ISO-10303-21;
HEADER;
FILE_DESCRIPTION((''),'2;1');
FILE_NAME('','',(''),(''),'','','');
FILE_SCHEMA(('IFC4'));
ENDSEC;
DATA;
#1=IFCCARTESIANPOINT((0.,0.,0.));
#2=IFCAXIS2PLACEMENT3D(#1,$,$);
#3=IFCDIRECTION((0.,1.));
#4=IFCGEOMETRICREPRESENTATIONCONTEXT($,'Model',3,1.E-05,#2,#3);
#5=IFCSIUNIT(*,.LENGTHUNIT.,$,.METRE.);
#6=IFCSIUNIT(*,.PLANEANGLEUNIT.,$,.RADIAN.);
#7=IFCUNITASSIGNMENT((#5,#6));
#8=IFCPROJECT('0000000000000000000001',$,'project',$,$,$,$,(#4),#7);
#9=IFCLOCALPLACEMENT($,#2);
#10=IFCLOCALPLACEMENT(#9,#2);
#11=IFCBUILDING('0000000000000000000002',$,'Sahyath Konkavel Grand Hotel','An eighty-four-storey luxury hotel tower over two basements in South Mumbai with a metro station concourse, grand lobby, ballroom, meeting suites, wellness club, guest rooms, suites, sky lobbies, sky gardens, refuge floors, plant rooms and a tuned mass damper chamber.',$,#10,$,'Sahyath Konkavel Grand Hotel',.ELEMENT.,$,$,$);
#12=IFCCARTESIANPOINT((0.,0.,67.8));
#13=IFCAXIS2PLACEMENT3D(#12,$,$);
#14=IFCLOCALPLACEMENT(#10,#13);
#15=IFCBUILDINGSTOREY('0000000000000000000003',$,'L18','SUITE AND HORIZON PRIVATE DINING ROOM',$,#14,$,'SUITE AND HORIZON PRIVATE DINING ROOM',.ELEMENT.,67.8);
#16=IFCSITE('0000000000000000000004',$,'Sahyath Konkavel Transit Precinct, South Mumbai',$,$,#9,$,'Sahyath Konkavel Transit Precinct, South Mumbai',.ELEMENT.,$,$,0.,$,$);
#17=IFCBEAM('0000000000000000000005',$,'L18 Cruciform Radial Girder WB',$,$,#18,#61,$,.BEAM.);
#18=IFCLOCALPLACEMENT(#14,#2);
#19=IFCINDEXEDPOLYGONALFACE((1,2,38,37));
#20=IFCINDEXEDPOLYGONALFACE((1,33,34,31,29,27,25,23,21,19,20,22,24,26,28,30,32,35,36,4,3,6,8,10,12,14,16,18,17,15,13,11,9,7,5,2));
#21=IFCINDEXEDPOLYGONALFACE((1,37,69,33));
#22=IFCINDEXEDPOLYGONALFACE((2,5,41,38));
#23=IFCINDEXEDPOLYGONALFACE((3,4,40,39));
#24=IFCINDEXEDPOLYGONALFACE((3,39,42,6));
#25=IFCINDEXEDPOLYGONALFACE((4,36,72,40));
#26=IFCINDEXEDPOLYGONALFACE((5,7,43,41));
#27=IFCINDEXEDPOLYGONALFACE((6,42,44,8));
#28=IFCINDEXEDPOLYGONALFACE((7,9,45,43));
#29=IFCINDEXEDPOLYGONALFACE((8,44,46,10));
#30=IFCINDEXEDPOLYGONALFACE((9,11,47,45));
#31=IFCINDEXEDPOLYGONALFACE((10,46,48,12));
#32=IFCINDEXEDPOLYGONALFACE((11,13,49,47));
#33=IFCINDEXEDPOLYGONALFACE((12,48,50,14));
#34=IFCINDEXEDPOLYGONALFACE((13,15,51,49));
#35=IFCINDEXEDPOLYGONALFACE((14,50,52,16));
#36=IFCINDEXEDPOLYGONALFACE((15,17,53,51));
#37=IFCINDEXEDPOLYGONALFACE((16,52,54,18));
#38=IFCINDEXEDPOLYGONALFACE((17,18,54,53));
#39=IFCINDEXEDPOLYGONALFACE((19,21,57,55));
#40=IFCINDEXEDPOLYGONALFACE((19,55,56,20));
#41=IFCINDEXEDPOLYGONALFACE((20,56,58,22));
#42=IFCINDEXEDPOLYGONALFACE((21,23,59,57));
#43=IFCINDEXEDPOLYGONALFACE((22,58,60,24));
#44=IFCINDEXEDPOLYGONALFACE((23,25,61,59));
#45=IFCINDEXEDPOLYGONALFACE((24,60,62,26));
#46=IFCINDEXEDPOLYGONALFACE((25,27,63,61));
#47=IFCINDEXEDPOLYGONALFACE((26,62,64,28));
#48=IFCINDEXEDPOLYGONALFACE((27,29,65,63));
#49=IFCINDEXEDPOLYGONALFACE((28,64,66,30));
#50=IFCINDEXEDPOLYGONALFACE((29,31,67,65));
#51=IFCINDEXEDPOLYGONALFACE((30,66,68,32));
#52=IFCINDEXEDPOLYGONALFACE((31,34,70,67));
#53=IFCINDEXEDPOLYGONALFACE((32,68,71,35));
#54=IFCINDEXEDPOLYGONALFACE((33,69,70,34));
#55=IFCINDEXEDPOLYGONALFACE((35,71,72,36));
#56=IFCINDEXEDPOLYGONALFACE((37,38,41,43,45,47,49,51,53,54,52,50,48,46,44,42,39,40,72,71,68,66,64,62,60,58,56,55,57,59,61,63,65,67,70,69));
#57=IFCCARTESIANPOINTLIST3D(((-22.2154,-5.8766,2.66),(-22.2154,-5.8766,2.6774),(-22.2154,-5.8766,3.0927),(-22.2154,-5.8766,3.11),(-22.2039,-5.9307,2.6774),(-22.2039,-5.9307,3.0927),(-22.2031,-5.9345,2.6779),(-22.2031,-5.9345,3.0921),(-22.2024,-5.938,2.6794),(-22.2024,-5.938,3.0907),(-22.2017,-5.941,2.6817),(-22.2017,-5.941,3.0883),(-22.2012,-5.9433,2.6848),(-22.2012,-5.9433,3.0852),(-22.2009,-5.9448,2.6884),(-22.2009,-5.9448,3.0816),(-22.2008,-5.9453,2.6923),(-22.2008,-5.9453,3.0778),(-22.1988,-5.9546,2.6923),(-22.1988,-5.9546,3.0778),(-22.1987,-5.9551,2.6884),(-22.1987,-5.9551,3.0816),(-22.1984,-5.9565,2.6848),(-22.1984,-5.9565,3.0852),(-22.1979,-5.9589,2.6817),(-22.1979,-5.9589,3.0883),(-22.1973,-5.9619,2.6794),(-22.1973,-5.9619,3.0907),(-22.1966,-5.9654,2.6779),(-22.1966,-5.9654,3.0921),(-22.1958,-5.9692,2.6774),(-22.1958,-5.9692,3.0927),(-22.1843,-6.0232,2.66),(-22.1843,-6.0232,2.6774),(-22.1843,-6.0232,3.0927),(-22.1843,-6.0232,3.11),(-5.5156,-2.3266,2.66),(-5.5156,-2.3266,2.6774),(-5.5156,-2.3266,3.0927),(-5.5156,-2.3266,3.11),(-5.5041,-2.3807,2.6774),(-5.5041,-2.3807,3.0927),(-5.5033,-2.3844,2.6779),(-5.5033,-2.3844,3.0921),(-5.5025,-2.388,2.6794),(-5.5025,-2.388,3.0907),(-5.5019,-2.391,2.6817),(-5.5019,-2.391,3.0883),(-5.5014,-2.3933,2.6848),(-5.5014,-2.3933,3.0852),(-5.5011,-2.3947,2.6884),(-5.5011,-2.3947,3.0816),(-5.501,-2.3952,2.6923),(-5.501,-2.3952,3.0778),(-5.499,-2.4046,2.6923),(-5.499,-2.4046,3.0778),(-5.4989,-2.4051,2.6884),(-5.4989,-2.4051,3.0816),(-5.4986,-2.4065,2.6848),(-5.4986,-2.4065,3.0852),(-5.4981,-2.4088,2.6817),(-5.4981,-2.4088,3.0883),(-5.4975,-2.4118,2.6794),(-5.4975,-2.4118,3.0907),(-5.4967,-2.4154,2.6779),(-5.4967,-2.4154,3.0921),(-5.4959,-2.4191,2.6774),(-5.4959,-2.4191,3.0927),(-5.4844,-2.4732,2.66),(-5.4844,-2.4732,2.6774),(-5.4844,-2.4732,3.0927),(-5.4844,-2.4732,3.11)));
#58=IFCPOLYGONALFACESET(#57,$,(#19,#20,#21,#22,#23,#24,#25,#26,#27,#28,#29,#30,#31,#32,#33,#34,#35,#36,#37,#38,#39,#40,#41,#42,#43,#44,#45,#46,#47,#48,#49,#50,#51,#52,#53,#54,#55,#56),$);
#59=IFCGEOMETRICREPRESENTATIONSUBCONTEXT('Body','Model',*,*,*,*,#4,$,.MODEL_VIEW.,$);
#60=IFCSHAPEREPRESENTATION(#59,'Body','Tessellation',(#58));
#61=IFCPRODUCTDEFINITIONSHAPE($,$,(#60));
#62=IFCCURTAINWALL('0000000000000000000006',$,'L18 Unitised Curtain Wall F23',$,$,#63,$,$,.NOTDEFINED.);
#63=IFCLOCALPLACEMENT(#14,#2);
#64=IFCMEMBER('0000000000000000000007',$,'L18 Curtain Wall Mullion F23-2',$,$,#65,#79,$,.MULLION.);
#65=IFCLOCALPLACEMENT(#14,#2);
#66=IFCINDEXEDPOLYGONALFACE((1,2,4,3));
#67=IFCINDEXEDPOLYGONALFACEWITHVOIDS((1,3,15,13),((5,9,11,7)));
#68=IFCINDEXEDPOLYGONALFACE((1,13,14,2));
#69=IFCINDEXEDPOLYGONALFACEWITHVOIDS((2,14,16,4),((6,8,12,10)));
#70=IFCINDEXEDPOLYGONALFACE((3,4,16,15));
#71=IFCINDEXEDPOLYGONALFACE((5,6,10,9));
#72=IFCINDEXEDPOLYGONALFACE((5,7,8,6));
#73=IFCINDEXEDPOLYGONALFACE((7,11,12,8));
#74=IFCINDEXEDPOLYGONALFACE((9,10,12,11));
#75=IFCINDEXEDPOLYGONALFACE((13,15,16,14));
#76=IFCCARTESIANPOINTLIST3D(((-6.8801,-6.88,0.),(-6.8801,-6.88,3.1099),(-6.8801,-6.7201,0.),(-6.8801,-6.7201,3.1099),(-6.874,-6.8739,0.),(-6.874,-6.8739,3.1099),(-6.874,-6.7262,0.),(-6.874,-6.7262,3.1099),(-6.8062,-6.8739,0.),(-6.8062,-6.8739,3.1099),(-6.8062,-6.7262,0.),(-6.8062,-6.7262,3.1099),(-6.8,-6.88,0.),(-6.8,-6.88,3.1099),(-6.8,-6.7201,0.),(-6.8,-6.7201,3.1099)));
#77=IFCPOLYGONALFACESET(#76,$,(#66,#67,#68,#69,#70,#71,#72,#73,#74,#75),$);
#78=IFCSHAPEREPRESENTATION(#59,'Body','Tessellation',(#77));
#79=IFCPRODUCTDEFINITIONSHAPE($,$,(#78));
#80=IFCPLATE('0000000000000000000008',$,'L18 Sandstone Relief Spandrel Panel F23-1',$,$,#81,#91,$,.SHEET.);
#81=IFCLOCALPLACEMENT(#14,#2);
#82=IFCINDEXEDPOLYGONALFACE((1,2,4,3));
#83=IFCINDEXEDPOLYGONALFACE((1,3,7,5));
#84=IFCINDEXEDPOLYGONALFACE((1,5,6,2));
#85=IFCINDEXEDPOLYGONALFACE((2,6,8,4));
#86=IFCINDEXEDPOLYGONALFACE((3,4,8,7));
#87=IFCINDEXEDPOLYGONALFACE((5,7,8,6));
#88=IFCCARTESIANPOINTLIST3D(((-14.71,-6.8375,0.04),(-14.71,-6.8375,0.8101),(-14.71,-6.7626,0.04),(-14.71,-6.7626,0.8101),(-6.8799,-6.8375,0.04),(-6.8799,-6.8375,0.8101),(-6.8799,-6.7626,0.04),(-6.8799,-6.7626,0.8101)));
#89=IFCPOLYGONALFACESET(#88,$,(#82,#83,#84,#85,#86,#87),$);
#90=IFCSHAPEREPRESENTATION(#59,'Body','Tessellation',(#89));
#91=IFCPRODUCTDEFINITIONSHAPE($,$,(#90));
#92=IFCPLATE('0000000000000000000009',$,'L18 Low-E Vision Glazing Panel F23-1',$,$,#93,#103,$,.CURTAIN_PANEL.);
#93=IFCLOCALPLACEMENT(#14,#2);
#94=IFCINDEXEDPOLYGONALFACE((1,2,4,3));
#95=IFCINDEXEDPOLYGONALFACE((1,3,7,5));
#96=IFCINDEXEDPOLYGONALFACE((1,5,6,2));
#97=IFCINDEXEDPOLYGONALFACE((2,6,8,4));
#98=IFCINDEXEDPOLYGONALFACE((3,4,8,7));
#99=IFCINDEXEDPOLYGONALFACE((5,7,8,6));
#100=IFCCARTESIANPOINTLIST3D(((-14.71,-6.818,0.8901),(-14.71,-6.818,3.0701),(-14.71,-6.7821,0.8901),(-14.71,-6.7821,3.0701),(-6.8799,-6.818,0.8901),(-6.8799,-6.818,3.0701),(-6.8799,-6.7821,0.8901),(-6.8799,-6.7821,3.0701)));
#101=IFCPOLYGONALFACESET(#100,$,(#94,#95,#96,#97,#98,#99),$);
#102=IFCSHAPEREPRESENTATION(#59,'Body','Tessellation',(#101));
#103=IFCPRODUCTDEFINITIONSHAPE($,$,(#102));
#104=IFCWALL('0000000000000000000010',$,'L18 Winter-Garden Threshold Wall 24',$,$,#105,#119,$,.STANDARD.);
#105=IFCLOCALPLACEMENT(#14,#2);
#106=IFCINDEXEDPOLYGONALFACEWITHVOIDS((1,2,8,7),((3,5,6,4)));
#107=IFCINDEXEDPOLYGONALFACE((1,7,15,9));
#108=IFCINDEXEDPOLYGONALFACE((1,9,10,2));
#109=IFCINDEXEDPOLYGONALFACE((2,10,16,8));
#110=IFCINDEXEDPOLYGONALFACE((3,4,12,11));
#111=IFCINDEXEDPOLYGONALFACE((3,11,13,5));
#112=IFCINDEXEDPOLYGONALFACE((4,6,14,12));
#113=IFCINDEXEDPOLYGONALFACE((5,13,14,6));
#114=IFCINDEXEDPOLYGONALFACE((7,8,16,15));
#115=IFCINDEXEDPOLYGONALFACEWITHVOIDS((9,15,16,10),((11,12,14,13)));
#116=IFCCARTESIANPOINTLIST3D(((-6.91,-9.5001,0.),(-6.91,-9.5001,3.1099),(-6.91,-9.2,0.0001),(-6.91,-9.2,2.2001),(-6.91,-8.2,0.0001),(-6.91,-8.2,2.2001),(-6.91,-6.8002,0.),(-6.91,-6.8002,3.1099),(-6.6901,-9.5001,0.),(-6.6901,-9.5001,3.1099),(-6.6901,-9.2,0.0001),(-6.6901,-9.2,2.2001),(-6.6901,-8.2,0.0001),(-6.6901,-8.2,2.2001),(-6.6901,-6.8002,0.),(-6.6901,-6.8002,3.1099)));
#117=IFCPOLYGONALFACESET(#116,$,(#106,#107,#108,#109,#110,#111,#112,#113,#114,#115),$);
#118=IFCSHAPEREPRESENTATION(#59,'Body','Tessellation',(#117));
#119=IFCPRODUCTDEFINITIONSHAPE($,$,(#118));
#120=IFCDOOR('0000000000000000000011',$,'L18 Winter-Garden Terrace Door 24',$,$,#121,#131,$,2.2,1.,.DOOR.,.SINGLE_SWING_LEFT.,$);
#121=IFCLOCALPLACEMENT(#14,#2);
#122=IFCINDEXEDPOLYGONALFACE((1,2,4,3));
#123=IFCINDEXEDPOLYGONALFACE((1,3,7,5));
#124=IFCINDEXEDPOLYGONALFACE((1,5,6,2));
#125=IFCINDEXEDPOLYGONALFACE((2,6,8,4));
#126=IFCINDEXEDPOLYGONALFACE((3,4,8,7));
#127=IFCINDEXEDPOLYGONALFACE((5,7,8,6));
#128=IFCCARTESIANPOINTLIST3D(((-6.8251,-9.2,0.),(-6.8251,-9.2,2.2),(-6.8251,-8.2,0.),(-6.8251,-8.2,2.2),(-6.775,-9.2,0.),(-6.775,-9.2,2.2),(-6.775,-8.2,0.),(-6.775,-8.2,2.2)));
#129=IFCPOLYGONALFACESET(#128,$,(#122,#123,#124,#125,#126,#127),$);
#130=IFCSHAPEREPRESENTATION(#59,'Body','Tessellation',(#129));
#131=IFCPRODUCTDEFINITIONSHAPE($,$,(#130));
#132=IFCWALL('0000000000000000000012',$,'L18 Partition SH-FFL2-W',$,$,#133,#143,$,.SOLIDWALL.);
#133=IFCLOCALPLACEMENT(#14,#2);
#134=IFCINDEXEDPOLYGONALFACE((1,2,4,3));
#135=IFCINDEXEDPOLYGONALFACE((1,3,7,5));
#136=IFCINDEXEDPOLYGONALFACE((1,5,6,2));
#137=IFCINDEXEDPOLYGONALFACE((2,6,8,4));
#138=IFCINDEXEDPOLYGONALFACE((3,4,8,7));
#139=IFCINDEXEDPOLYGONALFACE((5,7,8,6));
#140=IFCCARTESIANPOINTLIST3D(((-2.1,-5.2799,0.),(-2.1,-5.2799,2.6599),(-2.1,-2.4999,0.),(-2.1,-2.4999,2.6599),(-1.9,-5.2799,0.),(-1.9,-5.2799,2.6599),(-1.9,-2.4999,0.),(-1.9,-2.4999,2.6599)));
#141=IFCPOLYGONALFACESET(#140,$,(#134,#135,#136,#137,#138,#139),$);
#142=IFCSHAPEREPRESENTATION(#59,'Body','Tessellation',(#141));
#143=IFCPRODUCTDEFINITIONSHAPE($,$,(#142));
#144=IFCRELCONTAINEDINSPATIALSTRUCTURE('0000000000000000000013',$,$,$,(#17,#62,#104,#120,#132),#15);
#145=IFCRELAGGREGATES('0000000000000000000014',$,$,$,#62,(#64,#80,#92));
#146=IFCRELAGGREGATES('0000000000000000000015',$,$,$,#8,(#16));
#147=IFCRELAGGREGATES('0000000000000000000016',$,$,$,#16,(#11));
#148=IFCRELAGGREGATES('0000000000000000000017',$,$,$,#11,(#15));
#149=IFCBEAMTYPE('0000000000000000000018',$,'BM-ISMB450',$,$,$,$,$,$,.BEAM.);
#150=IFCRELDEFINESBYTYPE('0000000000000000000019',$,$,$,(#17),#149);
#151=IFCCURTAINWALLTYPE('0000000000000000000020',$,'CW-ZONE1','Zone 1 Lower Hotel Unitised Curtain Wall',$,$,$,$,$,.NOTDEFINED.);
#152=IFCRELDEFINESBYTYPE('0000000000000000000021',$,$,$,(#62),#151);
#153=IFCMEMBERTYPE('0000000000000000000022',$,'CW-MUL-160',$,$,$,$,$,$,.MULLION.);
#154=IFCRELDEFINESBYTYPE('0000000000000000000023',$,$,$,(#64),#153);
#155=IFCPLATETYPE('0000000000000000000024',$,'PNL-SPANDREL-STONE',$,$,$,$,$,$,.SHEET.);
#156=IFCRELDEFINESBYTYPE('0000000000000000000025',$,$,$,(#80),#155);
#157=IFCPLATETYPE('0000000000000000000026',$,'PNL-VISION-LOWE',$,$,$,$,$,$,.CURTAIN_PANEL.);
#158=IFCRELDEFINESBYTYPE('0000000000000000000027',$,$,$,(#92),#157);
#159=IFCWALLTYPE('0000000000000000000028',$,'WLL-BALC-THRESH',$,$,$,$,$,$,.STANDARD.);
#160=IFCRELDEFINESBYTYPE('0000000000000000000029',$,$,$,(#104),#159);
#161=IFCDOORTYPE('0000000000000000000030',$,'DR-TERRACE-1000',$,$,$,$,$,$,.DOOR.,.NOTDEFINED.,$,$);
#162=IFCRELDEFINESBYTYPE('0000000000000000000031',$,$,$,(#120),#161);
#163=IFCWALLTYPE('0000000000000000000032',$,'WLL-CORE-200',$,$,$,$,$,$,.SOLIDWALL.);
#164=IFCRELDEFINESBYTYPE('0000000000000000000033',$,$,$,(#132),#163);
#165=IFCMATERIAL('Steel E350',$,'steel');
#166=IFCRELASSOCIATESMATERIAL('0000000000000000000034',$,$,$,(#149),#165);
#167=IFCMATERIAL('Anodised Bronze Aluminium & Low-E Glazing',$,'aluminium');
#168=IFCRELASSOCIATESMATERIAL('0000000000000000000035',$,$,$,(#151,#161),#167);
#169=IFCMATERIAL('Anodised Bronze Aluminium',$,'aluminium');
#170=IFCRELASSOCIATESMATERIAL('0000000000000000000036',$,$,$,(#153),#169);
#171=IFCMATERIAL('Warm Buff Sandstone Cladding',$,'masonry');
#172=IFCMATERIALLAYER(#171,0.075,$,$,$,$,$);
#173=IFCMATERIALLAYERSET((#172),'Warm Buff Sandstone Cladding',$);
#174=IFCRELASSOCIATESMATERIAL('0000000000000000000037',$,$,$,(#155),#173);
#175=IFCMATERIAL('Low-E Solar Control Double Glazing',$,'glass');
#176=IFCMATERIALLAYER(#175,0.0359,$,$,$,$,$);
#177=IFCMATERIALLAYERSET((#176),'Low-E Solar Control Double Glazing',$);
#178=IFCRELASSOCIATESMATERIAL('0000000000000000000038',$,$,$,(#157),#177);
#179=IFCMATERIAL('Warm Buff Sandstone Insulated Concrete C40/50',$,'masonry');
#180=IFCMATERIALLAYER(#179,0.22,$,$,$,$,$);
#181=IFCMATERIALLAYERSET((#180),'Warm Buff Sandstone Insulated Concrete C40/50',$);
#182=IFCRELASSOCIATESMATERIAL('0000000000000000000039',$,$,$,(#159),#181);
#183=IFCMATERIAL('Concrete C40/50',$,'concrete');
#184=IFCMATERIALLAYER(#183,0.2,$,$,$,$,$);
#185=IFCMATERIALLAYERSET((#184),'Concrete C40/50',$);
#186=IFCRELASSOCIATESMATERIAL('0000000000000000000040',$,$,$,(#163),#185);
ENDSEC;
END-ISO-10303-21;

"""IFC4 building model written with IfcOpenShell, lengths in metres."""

from ifc_helpers import new_model, si_unit, direction, frame, frame_2d, origin, origin_2d, place, context, subcontext, project, spatial, rectangle, hollow_rectangle, i_section, extrude, source, transform, mapped, material, layer, layer_set, material_profile, profile_set, type_object, element, fill, aggregate, save


model = new_model("IFC4")

# Units and contexts
model_context = context("Model", 3, precision=1e-05, world=origin(), true_north=direction((0.0, 1.0)))
body_context = subcontext(model_context, "Body", "Model", "MODEL_VIEW")
ifc_project = project(units=[si_unit("LENGTHUNIT", "METRE"), si_unit("PLANEANGLEUNIT", "RADIAN")], contexts=[model_context])

# Site, building, storey
site_placement = place(None, origin())
site = spatial("IfcSite", under=ifc_project, at=site_placement, Name="Sahyath Konkavel Transit Precinct, South Mumbai", LongName="Sahyath Konkavel Transit Precinct, South Mumbai", CompositionType="ELEMENT", RefElevation=0.0)
building_placement = place(site_placement, origin())
building = spatial("IfcBuilding", under=site, at=building_placement, Name="Sahyath Konkavel Grand Hotel", Description="An eighty-four-storey luxury hotel tower over two basements in South Mumbai with a metro station concourse, grand lobby, ballroom, meeting suites, wellness club, guest rooms, suites, sky lobbies, sky gardens, refuge floors, plant rooms and a tuned mass damper chamber.", LongName="Sahyath Konkavel Grand Hotel", CompositionType="ELEMENT")
storey_placement = place(building_placement, frame((0.0, 0.0, 67.8)))
storey = spatial("IfcBuildingStorey", under=building, at=storey_placement, Name="L18", Description="SUITE AND HORIZON PRIVATE DINING ROOM", LongName="SUITE AND HORIZON PRIVATE DINING ROOM", CompositionType="ELEMENT", Elevation=67.8)

# Beam
ifc_material_1 = material(Name="Steel E350", Category="steel")
ifc_material_profile_1 = material_profile(ifc_material_1, i_section(OverallWidth=0.1499, OverallDepth=0.45, WebThickness=0.0095, FlangeThickness=0.0173, FilletRadius=0.0149, at=origin_2d()), Name="ISMB 450")
ifc_profile_set_1 = profile_set([ifc_material_profile_1], Name="Steel E350")
beam_type_1 = type_object("IfcBeamType", Name="BM-ISMB450", PredefinedType="BEAM", material=ifc_profile_set_1)
shared_shape_1 = source(origin(), body_context, "Body", "SweptSolid", [
    extrude(i_section(OverallWidth=0.1499, OverallDepth=0.45, WebThickness=0.0095, FlangeThickness=0.0173, FilletRadius=0.0149, at=origin_2d()), origin(), (0.0, 0.0, 1.0), 17.073),
])
beam_1_placement = place(storey_placement, frame((-5.5, -2.3999, 2.885), z_axis=(-0.978143, -0.207932, 0.0), x_axis=(0.207932, -0.978143, 0.0)))
element("IfcBeam", 1, at=beam_1_placement, inside=storey, type_object=beam_type_1, Name="L18 Cruciform Radial Girder WB", PredefinedType="BEAM", context=body_context, shape_type="MappedRepresentation", body=[
    mapped(shared_shape_1, transform((0.0, 0.0, 0.0), scale=1.0)),
])

# Curtain wall, member, plates
ifc_material_2 = material(Name="Anodised Bronze Aluminium & Low-E Glazing", Category="aluminium")
curtain_wall_type = type_object("IfcCurtainWallType", Name="CW-ZONE1", Description="Zone 1 Lower Hotel Unitised Curtain Wall", PredefinedType="NOTDEFINED", material=ifc_material_2)
curtain_wall_placement = place(storey_placement, origin())
curtain_wall = element("IfcCurtainWall", 2, at=curtain_wall_placement, inside=storey, type_object=curtain_wall_type, Name="L18 Unitised Curtain Wall F23", PredefinedType="NOTDEFINED")
ifc_material_3 = material(Name="Anodised Bronze Aluminium", Category="aluminium")
ifc_material_profile_2 = material_profile(ifc_material_3, hollow_rectangle(XDim=0.0801, YDim=0.1599, WallThickness=0.0061, at=origin_2d()), Name="RHS 160x80x6")
ifc_profile_set_2 = profile_set([ifc_material_profile_2], Name="Anodised Bronze Aluminium")
member_type = type_object("IfcMemberType", Name="CW-MUL-160", PredefinedType="MULLION", material=ifc_profile_set_2)
shared_shape_2 = source(origin(), body_context, "Body", "SweptSolid", [
    extrude(hollow_rectangle(XDim=0.0801, YDim=0.1599, WallThickness=0.0061, at=origin_2d()), origin(), (0.0, 0.0, 1.0), 3.1099),
])
member_placement = place(storey_placement, frame((-6.8401, -6.8, 0.0), z_axis=(0.0, 0.0, 1.0), x_axis=(1.0, 0.0, 0.0)))
member = element("IfcMember", 3, at=member_placement, type_object=member_type, Name="L18 Curtain Wall Mullion F23-2", PredefinedType="MULLION", context=body_context, shape_type="MappedRepresentation", body=[
    mapped(shared_shape_2, transform((0.0, 0.0, 0.0), scale=1.0)),
])
ifc_material_4 = material(Name="Warm Buff Sandstone Cladding", Category="masonry")
ifc_layer_1 = layer(ifc_material_4, 0.075)
ifc_layer_set_1 = layer_set([ifc_layer_1], Name="Warm Buff Sandstone Cladding")
plate_type_1 = type_object("IfcPlateType", Name="PNL-SPANDREL-STONE", PredefinedType="SHEET", material=ifc_layer_set_1)
shared_shape_3 = source(origin(), body_context, "Body", "SweptSolid", [
    extrude(rectangle(XDim=7.8301, YDim=0.075, at=origin_2d()), origin(), (0.0, 0.0, 1.0), 0.77),
])
plate_1_placement = place(storey_placement, frame((-10.7949, -6.8, 0.04), z_axis=(0.0, 0.0, 1.0), x_axis=(1.0, 0.0, 0.0)))
plate_1 = element("IfcPlate", 4, at=plate_1_placement, type_object=plate_type_1, Name="L18 Sandstone Relief Spandrel Panel F23-1", PredefinedType="SHEET", context=body_context, shape_type="MappedRepresentation", body=[
    mapped(shared_shape_3, transform((0.0, 0.0, 0.0), scale=1.0)),
])
ifc_material_5 = material(Name="Low-E Solar Control Double Glazing", Category="glass")
ifc_layer_2 = layer(ifc_material_5, 0.0359)
ifc_layer_set_2 = layer_set([ifc_layer_2], Name="Low-E Solar Control Double Glazing")
plate_type_2 = type_object("IfcPlateType", Name="PNL-VISION-LOWE", PredefinedType="CURTAIN_PANEL", material=ifc_layer_set_2)
shared_shape_4 = source(origin(), body_context, "Body", "SweptSolid", [
    extrude(rectangle(XDim=7.8301, YDim=0.0359, at=origin_2d()), origin(), (0.0, 0.0, 1.0), 2.1799),
])
plate_2_placement = place(storey_placement, frame((-10.7949, -6.8, 0.8901), z_axis=(0.0, 0.0, 1.0), x_axis=(1.0, 0.0, 0.0)))
plate_2 = element("IfcPlate", 5, at=plate_2_placement, type_object=plate_type_2, Name="L18 Low-E Vision Glazing Panel F23-1", PredefinedType="CURTAIN_PANEL", context=body_context, shape_type="MappedRepresentation", body=[
    mapped(shared_shape_4, transform((0.0, 0.0, 0.0), scale=1.0)),
])
aggregate(curtain_wall, [member, plate_1, plate_2])

# Wall, opening, door
ifc_material_6 = material(Name="Warm Buff Sandstone Insulated Concrete C40/50", Category="masonry")
ifc_layer_3 = layer(ifc_material_6, 0.22)
ifc_layer_set_3 = layer_set([ifc_layer_3], Name="Warm Buff Sandstone Insulated Concrete C40/50")
wall_type_1 = type_object("IfcWallType", Name="WLL-BALC-THRESH", PredefinedType="STANDARD", material=ifc_layer_set_3)
wall_1_placement = place(storey_placement, frame((-6.8, -6.8, 0.0), z_axis=(0.0, 0.0, 1.0), x_axis=(0.0, -1.0, 0.0)))
wall_1 = element("IfcWall", 6, at=wall_1_placement, inside=storey, type_object=wall_type_1, Name="L18 Winter-Garden Threshold Wall 24", PredefinedType="STANDARD", context=body_context, shape_type="SweptSolid", body=[
    extrude(rectangle(XDim=2.7, YDim=0.22, at=frame_2d((1.3501, 0.0))), origin(), (0.0, 0.0, 1.0), 3.1099),
])
opening_1_placement = place(wall_1_placement, frame((1.3999, 0.0, 0.0)))
opening_1 = element("IfcOpeningElement", 7, at=opening_1_placement, cuts=wall_1, PredefinedType="OPENING", context=body_context, shape_type="SweptSolid", body=[
    extrude(rectangle(XDim=1.0, YDim=2.2, at=frame_2d((0.5, 1.1001))), frame((0.0, 0.1201, 0.0), z_axis=(0.0, -1.0, 0.0), x_axis=(1.0, 0.0, 0.0)), (0.0, 0.0, 1.0), 0.24),
])
door_type_1 = type_object("IfcDoorType", Name="DR-TERRACE-1000", OperationType="NOTDEFINED", PredefinedType="DOOR", material=ifc_material_2)
shared_shape_5 = source(origin(), body_context, "Body", "SweptSolid", [
    extrude(rectangle(XDim=1.0, YDim=0.05, at=origin_2d()), origin(), (0.0, 0.0, 1.0), 2.2),
])
door_1_placement = place(opening_1_placement, frame((0.5, 0.0, 0.0)))
door_1 = element("IfcDoor", 8, at=door_1_placement, inside=storey, type_object=door_type_1, Name="L18 Winter-Garden Terrace Door 24", OperationType="SINGLE_SWING_LEFT", OverallHeight=2.2, OverallWidth=1.0, PredefinedType="DOOR", context=body_context, shape_type="MappedRepresentation", body=[
    mapped(shared_shape_5, transform((0.0, 0.0, 0.0), scale=1.0)),
])
fill(opening_1, door_1)

# Wall
ifc_material_7 = material(Name="Concrete C40/50", Category="concrete")
ifc_layer_4 = layer(ifc_material_7, 0.2)
ifc_layer_set_4 = layer_set([ifc_layer_4], Name="Concrete C40/50")
wall_type_2 = type_object("IfcWallType", Name="WLL-CORE-200", PredefinedType="SOLIDWALL", material=ifc_layer_set_4)
wall_2_placement = place(storey_placement, frame((-2.0, -5.28, 0.0), z_axis=(0.0, 0.0, 1.0), x_axis=(0.0, 1.0, 0.0)))
element("IfcWall", 9, at=wall_2_placement, inside=storey, type_object=wall_type_2, Name="L18 Partition SH-FFL2-W", PredefinedType="SOLIDWALL", context=body_context, shape_type="SweptSolid", body=[
    extrude(rectangle(XDim=2.78, YDim=0.2, at=frame_2d((1.3901, 0.0))), origin(), (0.0, 0.0, 1.0), 2.6599),
])

save(model, "model.ifc")
